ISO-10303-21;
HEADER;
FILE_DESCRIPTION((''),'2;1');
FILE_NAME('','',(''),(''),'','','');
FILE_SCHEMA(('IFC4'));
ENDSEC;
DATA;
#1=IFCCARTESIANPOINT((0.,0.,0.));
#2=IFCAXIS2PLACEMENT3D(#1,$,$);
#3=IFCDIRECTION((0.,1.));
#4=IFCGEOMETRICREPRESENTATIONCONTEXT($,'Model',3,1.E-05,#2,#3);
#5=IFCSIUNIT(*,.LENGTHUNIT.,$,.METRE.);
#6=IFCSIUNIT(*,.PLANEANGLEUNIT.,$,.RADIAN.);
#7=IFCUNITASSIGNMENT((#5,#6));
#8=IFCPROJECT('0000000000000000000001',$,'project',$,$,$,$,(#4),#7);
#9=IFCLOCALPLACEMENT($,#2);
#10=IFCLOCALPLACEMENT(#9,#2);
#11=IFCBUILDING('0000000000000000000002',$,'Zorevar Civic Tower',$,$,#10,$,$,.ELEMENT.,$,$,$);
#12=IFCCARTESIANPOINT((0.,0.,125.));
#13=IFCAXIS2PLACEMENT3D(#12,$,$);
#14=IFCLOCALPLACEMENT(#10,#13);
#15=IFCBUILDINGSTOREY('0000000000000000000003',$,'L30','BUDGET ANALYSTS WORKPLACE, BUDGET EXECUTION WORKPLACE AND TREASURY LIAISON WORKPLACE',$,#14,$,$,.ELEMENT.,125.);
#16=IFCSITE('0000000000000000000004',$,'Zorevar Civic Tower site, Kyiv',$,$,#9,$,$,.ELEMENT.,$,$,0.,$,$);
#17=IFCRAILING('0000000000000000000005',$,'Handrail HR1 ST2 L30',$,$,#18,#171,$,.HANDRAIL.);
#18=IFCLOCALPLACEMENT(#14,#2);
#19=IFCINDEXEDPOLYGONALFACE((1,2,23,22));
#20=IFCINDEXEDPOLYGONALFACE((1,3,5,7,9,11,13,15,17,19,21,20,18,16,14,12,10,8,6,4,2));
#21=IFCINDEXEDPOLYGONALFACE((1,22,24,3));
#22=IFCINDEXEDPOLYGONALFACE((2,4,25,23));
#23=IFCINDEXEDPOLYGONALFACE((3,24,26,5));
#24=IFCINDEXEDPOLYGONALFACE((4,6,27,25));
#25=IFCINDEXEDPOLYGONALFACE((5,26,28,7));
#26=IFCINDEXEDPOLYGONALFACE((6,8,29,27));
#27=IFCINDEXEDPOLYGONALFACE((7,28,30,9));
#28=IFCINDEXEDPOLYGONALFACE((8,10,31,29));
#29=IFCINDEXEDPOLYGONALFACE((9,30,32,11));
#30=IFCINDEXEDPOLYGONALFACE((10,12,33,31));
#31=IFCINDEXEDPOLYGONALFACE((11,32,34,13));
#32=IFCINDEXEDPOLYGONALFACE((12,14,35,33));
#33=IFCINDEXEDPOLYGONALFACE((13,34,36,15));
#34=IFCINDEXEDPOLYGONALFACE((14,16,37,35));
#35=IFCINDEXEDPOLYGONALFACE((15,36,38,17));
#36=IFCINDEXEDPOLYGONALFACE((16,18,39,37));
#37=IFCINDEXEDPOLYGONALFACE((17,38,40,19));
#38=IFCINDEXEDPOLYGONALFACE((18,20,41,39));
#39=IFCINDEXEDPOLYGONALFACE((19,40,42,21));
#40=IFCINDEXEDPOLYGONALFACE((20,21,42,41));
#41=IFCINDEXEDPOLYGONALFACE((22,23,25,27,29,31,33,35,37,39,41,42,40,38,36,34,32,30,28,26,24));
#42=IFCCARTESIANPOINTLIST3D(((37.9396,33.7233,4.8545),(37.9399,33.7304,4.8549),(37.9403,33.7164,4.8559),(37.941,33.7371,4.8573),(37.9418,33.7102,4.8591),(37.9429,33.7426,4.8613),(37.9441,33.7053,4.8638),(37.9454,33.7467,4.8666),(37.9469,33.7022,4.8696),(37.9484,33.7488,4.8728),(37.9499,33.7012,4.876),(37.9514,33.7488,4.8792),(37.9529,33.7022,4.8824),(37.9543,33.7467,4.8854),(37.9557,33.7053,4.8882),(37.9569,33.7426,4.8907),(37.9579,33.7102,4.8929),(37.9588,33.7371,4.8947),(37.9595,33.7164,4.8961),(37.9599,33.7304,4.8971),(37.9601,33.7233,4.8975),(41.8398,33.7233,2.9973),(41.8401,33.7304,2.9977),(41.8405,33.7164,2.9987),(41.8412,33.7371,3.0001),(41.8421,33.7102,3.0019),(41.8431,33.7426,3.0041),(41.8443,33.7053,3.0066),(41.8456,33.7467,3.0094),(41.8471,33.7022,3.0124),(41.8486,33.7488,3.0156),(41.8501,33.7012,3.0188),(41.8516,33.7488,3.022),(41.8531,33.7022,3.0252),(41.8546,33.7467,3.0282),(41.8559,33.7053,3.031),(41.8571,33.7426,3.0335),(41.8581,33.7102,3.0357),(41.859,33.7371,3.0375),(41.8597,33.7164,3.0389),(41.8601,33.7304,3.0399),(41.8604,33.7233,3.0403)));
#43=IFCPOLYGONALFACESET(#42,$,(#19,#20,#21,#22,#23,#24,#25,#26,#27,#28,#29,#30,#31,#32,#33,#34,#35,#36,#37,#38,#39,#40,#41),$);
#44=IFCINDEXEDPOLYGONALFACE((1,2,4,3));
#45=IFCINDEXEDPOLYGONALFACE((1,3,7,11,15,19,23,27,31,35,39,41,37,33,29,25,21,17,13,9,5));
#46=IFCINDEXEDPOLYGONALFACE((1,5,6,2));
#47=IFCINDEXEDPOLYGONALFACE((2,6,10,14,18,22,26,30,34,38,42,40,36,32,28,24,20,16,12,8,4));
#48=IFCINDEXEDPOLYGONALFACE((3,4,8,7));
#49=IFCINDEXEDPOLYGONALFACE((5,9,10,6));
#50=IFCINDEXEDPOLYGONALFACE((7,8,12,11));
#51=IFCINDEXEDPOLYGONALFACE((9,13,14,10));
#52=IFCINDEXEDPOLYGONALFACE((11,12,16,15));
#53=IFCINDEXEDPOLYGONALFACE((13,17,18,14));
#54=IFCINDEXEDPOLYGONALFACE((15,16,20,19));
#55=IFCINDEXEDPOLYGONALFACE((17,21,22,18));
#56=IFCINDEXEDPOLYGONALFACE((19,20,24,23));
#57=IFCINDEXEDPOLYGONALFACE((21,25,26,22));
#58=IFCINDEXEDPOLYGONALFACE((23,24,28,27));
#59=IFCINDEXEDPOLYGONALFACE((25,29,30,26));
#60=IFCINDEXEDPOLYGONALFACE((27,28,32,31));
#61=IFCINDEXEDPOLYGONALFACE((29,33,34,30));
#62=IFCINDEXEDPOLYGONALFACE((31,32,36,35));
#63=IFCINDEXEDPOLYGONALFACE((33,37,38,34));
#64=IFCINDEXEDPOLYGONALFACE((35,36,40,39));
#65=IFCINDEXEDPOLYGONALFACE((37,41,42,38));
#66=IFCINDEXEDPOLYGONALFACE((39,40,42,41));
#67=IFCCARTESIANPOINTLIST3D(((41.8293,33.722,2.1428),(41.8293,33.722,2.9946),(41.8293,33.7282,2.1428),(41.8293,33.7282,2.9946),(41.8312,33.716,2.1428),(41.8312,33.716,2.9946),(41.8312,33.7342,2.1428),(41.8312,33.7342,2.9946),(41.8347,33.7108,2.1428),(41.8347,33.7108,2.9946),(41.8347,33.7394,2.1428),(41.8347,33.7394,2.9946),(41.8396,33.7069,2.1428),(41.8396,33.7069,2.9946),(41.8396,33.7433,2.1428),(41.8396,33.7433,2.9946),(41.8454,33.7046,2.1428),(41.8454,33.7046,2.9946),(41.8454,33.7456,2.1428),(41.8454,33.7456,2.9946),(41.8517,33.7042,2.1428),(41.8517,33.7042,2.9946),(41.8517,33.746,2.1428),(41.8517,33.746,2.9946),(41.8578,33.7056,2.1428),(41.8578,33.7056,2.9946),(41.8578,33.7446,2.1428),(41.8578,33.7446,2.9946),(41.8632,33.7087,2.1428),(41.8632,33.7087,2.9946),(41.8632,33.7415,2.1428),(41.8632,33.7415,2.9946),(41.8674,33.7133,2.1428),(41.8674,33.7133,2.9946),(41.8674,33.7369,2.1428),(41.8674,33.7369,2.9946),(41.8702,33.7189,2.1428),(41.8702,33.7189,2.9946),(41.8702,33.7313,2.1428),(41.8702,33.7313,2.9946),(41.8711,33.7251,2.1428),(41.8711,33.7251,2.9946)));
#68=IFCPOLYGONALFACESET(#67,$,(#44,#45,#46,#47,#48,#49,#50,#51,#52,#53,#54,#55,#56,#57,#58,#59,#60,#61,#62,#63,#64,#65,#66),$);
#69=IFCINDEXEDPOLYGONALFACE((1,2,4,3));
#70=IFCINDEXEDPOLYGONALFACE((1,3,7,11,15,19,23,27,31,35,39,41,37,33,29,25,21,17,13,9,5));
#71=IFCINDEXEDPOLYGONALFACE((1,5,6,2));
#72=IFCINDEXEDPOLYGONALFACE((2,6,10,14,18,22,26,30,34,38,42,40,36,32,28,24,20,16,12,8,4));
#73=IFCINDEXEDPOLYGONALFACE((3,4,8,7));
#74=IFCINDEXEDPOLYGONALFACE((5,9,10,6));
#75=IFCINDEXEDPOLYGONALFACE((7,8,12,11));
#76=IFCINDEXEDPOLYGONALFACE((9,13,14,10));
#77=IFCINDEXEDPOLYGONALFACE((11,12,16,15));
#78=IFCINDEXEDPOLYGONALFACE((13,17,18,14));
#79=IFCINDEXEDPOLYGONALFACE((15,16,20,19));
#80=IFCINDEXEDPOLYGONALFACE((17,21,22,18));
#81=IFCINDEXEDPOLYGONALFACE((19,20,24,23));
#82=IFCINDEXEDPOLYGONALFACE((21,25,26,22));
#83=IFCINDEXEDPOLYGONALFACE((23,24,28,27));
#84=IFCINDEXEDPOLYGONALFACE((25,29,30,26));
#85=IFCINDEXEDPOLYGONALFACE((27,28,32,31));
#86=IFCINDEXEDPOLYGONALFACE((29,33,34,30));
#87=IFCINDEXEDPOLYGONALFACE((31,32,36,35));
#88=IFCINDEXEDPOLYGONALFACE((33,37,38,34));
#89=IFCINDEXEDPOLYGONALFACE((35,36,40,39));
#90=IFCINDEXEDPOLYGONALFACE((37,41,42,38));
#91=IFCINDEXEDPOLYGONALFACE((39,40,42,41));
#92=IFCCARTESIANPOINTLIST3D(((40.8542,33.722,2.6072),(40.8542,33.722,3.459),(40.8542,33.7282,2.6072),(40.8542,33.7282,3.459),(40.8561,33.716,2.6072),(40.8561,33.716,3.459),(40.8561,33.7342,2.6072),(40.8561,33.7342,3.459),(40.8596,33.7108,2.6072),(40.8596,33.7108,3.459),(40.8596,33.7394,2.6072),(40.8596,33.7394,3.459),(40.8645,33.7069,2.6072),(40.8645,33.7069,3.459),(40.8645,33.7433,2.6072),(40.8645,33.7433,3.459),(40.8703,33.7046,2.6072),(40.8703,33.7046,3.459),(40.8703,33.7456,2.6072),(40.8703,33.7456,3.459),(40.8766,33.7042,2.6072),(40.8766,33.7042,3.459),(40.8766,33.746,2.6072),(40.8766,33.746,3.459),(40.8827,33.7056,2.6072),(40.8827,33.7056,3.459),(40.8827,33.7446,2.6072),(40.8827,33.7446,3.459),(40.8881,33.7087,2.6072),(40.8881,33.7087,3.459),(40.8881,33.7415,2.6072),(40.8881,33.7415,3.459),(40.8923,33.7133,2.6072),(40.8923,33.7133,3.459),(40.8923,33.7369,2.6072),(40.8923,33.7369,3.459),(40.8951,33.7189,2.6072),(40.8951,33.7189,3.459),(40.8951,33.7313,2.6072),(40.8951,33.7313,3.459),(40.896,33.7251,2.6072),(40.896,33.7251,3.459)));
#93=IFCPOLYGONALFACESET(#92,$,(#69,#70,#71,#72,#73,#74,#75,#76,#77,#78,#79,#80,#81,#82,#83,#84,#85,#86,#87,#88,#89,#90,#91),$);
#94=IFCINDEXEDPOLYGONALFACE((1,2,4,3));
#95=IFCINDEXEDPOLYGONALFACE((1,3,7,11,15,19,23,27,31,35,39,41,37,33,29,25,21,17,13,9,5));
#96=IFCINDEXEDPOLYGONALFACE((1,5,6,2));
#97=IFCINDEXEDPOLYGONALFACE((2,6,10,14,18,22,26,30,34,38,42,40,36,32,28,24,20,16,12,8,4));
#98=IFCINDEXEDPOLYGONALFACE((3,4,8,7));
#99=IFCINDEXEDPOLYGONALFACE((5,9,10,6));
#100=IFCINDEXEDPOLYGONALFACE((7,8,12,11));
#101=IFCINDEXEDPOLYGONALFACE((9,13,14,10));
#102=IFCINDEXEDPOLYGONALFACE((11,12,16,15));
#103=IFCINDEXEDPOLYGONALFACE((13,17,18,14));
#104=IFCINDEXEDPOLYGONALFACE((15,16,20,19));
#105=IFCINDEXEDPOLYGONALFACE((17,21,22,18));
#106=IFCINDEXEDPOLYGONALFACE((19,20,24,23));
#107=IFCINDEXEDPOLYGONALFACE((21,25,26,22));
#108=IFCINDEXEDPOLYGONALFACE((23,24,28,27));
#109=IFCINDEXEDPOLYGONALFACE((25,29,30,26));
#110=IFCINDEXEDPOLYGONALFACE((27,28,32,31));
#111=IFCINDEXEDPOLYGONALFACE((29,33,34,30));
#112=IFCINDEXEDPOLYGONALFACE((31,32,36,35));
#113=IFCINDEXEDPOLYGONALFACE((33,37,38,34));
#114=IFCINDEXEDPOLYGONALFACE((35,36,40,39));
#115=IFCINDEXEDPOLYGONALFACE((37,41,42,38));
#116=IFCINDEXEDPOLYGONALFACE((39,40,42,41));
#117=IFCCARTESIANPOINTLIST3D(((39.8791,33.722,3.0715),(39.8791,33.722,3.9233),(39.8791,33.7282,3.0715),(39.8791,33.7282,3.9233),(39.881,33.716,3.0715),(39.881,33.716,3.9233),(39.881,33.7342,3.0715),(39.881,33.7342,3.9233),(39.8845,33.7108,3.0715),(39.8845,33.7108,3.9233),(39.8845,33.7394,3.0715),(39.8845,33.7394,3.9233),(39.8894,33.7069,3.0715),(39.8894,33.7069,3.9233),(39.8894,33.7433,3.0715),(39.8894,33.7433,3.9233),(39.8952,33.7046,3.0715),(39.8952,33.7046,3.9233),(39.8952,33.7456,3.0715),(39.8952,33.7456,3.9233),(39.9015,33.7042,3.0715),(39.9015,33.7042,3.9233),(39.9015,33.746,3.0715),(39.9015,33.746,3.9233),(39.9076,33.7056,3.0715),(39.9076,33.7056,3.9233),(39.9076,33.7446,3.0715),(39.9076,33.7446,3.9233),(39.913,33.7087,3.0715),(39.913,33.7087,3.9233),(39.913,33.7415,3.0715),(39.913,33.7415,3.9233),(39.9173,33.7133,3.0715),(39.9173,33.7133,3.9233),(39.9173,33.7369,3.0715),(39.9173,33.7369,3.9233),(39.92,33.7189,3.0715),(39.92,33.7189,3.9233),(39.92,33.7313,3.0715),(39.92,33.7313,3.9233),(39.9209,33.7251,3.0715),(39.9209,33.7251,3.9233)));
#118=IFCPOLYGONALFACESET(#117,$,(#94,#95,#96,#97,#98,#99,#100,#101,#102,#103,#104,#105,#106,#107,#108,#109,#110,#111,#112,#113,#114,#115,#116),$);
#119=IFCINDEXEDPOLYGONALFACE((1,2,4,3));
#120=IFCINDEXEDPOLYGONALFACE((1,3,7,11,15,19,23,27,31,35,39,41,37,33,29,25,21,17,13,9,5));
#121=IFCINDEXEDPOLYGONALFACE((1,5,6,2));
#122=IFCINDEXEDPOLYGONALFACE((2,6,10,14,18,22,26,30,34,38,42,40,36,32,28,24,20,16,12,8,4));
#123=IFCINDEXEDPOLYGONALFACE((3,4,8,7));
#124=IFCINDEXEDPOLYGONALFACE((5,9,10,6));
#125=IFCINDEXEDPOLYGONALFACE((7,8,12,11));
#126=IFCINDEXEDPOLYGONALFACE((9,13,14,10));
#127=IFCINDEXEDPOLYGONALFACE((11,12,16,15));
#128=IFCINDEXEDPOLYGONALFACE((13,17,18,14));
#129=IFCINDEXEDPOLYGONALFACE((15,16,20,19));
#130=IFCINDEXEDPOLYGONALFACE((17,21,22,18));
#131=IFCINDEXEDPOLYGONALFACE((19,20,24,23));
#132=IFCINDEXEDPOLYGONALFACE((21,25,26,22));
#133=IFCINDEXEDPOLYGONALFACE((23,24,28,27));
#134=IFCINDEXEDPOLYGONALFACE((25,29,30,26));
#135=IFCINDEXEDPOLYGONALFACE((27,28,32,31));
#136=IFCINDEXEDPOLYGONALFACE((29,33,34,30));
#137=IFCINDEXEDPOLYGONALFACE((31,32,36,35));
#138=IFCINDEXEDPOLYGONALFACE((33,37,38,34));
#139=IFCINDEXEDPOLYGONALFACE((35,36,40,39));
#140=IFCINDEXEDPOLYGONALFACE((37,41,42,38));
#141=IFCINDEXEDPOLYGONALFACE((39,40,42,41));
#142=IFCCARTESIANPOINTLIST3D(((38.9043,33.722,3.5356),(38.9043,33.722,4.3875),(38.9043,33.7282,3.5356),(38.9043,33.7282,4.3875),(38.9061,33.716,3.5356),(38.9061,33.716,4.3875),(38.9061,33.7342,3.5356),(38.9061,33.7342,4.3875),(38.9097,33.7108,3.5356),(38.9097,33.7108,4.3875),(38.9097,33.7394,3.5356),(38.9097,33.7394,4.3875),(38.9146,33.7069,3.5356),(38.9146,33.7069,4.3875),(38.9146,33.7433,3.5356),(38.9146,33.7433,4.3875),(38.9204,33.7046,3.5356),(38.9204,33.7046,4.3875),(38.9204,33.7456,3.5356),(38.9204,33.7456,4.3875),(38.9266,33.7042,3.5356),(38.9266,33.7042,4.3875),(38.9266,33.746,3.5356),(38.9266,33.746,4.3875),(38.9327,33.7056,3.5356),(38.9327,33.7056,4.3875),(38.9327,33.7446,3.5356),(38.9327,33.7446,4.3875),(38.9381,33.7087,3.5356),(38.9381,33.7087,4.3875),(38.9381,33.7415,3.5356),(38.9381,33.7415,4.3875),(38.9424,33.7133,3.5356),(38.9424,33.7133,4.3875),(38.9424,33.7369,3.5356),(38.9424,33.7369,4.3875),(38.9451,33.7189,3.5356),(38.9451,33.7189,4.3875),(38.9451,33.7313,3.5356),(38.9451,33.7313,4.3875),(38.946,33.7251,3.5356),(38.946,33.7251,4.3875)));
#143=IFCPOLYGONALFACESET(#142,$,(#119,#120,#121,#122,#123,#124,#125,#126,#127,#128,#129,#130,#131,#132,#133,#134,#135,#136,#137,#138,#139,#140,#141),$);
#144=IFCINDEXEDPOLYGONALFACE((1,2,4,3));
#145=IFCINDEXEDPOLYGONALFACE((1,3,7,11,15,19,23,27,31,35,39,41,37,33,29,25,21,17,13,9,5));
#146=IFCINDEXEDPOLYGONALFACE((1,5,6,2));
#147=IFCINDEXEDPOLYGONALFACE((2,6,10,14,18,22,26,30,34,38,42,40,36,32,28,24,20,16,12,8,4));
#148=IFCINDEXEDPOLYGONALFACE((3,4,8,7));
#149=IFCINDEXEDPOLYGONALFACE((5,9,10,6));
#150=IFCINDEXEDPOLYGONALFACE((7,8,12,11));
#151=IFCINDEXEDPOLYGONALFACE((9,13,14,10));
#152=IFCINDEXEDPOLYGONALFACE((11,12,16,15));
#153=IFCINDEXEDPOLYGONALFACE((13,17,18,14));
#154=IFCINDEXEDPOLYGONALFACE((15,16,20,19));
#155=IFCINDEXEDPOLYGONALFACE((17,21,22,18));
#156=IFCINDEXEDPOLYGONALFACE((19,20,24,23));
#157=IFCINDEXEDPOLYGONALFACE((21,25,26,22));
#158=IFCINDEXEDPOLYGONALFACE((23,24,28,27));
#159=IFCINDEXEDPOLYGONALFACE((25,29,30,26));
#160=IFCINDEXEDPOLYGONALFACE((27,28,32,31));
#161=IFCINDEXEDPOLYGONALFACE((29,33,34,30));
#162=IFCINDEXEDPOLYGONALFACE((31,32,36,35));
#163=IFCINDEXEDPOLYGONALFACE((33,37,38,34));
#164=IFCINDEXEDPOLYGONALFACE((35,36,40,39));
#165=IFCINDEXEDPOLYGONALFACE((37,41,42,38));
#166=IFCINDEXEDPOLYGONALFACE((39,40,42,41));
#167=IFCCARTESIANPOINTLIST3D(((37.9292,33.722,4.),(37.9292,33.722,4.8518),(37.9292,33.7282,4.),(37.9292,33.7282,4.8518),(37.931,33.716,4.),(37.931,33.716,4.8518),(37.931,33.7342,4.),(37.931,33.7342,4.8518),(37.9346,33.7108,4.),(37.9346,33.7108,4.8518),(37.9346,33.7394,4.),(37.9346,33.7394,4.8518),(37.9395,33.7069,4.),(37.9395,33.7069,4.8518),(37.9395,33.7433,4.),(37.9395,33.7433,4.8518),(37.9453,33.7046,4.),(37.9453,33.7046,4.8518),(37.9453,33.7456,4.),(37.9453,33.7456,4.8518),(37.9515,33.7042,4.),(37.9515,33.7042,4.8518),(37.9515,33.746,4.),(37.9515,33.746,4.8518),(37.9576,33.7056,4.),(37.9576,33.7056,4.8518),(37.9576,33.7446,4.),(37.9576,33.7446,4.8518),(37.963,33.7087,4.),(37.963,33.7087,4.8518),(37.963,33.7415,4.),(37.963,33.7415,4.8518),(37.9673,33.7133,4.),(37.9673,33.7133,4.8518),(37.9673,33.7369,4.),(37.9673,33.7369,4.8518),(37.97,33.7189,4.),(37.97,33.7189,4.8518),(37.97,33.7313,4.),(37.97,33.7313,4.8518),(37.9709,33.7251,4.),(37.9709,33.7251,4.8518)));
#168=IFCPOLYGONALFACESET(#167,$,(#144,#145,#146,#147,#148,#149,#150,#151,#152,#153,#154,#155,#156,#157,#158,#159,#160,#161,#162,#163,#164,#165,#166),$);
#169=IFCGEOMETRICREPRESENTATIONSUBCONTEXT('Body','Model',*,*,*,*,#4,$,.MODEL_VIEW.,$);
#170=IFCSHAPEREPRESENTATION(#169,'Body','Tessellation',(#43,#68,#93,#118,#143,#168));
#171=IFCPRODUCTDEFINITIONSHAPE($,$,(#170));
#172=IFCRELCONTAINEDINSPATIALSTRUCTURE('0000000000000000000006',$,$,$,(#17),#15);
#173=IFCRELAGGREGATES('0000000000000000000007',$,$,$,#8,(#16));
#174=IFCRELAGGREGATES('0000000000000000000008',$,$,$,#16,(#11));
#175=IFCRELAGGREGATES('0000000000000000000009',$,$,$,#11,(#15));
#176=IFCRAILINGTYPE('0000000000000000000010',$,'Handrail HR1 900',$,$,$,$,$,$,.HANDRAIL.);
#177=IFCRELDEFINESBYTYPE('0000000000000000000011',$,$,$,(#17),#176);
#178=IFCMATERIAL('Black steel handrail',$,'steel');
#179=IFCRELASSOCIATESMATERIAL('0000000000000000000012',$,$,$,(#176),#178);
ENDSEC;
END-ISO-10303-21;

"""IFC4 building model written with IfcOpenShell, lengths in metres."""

from ifc_helpers import new_model, si_unit, direction, frame, origin, origin_2d, place, context, subcontext, project, spatial, circle, extrude, material, type_object, element, save


model = new_model("IFC4")

# Units and contexts
model_context = context("Model", 3, precision=1e-05, world=origin(), true_north=direction((0.0, 1.0)))
body_context = subcontext(model_context, "Body", "Model", "MODEL_VIEW")
ifc_project = project(units=[si_unit("LENGTHUNIT", "METRE"), si_unit("PLANEANGLEUNIT", "RADIAN")], contexts=[model_context])

# Site, building, storey
site_placement = place(None, origin())
site = spatial("IfcSite", under=ifc_project, at=site_placement, Name="Zorevar Civic Tower site, Kyiv", CompositionType="ELEMENT", RefElevation=0.0)
building_placement = place(site_placement, origin())
building = spatial("IfcBuilding", under=site, at=building_placement, Name="Zorevar Civic Tower", CompositionType="ELEMENT")
storey_placement = place(building_placement, frame((0.0, 0.0, 125.0)))
storey = spatial("IfcBuildingStorey", under=building, at=storey_placement, Name="L30", Description="BUDGET ANALYSTS WORKPLACE, BUDGET EXECUTION WORKPLACE AND TREASURY LIAISON WORKPLACE", CompositionType="ELEMENT", Elevation=125.0)

# Railing
ifc_material_1 = material(Name="Black steel handrail", Category="steel")
railing_type = type_object("IfcRailingType", Name="Handrail HR1 900", PredefinedType="HANDRAIL", material=ifc_material_1)
railing_1_placement = place(storey_placement, frame((41.8501, 33.7251, 2.1428)))
element("IfcRailing", 1, at=railing_1_placement, inside=storey, type_object=railing_type, Name="Handrail HR1 ST2 L30", PredefinedType="HANDRAIL", context=body_context, shape_type="SweptSolid", body=[
    extrude(circle(Radius=0.0239, at=origin_2d()), frame((0.0, 0.0, 0.876), z_axis=(-0.902864, 0.0, 0.429927), x_axis=(0.0, -1.0, 0.0)), (0.0, 0.0, 1.0), 4.3198),
    extrude(circle(Radius=0.021, at=origin_2d()), origin(), (0.0, 0.0, 1.0), 0.8518),
    extrude(circle(Radius=0.021, at=origin_2d()), frame((-0.9751, 0.0, 0.4644)), (0.0, 0.0, 1.0), 0.8518),
    extrude(circle(Radius=0.021, at=origin_2d()), frame((-1.9502, 0.0, 0.9287)), (0.0, 0.0, 1.0), 0.8518),
    extrude(circle(Radius=0.021, at=origin_2d()), frame((-2.925, 0.0, 1.3928)), (0.0, 0.0, 1.0), 0.8518),
    extrude(circle(Radius=0.021, at=origin_2d()), frame((-3.9001, 0.0, 1.8572)), (0.0, 0.0, 1.0), 0.8518),
])

save(model, "model.ifc")
